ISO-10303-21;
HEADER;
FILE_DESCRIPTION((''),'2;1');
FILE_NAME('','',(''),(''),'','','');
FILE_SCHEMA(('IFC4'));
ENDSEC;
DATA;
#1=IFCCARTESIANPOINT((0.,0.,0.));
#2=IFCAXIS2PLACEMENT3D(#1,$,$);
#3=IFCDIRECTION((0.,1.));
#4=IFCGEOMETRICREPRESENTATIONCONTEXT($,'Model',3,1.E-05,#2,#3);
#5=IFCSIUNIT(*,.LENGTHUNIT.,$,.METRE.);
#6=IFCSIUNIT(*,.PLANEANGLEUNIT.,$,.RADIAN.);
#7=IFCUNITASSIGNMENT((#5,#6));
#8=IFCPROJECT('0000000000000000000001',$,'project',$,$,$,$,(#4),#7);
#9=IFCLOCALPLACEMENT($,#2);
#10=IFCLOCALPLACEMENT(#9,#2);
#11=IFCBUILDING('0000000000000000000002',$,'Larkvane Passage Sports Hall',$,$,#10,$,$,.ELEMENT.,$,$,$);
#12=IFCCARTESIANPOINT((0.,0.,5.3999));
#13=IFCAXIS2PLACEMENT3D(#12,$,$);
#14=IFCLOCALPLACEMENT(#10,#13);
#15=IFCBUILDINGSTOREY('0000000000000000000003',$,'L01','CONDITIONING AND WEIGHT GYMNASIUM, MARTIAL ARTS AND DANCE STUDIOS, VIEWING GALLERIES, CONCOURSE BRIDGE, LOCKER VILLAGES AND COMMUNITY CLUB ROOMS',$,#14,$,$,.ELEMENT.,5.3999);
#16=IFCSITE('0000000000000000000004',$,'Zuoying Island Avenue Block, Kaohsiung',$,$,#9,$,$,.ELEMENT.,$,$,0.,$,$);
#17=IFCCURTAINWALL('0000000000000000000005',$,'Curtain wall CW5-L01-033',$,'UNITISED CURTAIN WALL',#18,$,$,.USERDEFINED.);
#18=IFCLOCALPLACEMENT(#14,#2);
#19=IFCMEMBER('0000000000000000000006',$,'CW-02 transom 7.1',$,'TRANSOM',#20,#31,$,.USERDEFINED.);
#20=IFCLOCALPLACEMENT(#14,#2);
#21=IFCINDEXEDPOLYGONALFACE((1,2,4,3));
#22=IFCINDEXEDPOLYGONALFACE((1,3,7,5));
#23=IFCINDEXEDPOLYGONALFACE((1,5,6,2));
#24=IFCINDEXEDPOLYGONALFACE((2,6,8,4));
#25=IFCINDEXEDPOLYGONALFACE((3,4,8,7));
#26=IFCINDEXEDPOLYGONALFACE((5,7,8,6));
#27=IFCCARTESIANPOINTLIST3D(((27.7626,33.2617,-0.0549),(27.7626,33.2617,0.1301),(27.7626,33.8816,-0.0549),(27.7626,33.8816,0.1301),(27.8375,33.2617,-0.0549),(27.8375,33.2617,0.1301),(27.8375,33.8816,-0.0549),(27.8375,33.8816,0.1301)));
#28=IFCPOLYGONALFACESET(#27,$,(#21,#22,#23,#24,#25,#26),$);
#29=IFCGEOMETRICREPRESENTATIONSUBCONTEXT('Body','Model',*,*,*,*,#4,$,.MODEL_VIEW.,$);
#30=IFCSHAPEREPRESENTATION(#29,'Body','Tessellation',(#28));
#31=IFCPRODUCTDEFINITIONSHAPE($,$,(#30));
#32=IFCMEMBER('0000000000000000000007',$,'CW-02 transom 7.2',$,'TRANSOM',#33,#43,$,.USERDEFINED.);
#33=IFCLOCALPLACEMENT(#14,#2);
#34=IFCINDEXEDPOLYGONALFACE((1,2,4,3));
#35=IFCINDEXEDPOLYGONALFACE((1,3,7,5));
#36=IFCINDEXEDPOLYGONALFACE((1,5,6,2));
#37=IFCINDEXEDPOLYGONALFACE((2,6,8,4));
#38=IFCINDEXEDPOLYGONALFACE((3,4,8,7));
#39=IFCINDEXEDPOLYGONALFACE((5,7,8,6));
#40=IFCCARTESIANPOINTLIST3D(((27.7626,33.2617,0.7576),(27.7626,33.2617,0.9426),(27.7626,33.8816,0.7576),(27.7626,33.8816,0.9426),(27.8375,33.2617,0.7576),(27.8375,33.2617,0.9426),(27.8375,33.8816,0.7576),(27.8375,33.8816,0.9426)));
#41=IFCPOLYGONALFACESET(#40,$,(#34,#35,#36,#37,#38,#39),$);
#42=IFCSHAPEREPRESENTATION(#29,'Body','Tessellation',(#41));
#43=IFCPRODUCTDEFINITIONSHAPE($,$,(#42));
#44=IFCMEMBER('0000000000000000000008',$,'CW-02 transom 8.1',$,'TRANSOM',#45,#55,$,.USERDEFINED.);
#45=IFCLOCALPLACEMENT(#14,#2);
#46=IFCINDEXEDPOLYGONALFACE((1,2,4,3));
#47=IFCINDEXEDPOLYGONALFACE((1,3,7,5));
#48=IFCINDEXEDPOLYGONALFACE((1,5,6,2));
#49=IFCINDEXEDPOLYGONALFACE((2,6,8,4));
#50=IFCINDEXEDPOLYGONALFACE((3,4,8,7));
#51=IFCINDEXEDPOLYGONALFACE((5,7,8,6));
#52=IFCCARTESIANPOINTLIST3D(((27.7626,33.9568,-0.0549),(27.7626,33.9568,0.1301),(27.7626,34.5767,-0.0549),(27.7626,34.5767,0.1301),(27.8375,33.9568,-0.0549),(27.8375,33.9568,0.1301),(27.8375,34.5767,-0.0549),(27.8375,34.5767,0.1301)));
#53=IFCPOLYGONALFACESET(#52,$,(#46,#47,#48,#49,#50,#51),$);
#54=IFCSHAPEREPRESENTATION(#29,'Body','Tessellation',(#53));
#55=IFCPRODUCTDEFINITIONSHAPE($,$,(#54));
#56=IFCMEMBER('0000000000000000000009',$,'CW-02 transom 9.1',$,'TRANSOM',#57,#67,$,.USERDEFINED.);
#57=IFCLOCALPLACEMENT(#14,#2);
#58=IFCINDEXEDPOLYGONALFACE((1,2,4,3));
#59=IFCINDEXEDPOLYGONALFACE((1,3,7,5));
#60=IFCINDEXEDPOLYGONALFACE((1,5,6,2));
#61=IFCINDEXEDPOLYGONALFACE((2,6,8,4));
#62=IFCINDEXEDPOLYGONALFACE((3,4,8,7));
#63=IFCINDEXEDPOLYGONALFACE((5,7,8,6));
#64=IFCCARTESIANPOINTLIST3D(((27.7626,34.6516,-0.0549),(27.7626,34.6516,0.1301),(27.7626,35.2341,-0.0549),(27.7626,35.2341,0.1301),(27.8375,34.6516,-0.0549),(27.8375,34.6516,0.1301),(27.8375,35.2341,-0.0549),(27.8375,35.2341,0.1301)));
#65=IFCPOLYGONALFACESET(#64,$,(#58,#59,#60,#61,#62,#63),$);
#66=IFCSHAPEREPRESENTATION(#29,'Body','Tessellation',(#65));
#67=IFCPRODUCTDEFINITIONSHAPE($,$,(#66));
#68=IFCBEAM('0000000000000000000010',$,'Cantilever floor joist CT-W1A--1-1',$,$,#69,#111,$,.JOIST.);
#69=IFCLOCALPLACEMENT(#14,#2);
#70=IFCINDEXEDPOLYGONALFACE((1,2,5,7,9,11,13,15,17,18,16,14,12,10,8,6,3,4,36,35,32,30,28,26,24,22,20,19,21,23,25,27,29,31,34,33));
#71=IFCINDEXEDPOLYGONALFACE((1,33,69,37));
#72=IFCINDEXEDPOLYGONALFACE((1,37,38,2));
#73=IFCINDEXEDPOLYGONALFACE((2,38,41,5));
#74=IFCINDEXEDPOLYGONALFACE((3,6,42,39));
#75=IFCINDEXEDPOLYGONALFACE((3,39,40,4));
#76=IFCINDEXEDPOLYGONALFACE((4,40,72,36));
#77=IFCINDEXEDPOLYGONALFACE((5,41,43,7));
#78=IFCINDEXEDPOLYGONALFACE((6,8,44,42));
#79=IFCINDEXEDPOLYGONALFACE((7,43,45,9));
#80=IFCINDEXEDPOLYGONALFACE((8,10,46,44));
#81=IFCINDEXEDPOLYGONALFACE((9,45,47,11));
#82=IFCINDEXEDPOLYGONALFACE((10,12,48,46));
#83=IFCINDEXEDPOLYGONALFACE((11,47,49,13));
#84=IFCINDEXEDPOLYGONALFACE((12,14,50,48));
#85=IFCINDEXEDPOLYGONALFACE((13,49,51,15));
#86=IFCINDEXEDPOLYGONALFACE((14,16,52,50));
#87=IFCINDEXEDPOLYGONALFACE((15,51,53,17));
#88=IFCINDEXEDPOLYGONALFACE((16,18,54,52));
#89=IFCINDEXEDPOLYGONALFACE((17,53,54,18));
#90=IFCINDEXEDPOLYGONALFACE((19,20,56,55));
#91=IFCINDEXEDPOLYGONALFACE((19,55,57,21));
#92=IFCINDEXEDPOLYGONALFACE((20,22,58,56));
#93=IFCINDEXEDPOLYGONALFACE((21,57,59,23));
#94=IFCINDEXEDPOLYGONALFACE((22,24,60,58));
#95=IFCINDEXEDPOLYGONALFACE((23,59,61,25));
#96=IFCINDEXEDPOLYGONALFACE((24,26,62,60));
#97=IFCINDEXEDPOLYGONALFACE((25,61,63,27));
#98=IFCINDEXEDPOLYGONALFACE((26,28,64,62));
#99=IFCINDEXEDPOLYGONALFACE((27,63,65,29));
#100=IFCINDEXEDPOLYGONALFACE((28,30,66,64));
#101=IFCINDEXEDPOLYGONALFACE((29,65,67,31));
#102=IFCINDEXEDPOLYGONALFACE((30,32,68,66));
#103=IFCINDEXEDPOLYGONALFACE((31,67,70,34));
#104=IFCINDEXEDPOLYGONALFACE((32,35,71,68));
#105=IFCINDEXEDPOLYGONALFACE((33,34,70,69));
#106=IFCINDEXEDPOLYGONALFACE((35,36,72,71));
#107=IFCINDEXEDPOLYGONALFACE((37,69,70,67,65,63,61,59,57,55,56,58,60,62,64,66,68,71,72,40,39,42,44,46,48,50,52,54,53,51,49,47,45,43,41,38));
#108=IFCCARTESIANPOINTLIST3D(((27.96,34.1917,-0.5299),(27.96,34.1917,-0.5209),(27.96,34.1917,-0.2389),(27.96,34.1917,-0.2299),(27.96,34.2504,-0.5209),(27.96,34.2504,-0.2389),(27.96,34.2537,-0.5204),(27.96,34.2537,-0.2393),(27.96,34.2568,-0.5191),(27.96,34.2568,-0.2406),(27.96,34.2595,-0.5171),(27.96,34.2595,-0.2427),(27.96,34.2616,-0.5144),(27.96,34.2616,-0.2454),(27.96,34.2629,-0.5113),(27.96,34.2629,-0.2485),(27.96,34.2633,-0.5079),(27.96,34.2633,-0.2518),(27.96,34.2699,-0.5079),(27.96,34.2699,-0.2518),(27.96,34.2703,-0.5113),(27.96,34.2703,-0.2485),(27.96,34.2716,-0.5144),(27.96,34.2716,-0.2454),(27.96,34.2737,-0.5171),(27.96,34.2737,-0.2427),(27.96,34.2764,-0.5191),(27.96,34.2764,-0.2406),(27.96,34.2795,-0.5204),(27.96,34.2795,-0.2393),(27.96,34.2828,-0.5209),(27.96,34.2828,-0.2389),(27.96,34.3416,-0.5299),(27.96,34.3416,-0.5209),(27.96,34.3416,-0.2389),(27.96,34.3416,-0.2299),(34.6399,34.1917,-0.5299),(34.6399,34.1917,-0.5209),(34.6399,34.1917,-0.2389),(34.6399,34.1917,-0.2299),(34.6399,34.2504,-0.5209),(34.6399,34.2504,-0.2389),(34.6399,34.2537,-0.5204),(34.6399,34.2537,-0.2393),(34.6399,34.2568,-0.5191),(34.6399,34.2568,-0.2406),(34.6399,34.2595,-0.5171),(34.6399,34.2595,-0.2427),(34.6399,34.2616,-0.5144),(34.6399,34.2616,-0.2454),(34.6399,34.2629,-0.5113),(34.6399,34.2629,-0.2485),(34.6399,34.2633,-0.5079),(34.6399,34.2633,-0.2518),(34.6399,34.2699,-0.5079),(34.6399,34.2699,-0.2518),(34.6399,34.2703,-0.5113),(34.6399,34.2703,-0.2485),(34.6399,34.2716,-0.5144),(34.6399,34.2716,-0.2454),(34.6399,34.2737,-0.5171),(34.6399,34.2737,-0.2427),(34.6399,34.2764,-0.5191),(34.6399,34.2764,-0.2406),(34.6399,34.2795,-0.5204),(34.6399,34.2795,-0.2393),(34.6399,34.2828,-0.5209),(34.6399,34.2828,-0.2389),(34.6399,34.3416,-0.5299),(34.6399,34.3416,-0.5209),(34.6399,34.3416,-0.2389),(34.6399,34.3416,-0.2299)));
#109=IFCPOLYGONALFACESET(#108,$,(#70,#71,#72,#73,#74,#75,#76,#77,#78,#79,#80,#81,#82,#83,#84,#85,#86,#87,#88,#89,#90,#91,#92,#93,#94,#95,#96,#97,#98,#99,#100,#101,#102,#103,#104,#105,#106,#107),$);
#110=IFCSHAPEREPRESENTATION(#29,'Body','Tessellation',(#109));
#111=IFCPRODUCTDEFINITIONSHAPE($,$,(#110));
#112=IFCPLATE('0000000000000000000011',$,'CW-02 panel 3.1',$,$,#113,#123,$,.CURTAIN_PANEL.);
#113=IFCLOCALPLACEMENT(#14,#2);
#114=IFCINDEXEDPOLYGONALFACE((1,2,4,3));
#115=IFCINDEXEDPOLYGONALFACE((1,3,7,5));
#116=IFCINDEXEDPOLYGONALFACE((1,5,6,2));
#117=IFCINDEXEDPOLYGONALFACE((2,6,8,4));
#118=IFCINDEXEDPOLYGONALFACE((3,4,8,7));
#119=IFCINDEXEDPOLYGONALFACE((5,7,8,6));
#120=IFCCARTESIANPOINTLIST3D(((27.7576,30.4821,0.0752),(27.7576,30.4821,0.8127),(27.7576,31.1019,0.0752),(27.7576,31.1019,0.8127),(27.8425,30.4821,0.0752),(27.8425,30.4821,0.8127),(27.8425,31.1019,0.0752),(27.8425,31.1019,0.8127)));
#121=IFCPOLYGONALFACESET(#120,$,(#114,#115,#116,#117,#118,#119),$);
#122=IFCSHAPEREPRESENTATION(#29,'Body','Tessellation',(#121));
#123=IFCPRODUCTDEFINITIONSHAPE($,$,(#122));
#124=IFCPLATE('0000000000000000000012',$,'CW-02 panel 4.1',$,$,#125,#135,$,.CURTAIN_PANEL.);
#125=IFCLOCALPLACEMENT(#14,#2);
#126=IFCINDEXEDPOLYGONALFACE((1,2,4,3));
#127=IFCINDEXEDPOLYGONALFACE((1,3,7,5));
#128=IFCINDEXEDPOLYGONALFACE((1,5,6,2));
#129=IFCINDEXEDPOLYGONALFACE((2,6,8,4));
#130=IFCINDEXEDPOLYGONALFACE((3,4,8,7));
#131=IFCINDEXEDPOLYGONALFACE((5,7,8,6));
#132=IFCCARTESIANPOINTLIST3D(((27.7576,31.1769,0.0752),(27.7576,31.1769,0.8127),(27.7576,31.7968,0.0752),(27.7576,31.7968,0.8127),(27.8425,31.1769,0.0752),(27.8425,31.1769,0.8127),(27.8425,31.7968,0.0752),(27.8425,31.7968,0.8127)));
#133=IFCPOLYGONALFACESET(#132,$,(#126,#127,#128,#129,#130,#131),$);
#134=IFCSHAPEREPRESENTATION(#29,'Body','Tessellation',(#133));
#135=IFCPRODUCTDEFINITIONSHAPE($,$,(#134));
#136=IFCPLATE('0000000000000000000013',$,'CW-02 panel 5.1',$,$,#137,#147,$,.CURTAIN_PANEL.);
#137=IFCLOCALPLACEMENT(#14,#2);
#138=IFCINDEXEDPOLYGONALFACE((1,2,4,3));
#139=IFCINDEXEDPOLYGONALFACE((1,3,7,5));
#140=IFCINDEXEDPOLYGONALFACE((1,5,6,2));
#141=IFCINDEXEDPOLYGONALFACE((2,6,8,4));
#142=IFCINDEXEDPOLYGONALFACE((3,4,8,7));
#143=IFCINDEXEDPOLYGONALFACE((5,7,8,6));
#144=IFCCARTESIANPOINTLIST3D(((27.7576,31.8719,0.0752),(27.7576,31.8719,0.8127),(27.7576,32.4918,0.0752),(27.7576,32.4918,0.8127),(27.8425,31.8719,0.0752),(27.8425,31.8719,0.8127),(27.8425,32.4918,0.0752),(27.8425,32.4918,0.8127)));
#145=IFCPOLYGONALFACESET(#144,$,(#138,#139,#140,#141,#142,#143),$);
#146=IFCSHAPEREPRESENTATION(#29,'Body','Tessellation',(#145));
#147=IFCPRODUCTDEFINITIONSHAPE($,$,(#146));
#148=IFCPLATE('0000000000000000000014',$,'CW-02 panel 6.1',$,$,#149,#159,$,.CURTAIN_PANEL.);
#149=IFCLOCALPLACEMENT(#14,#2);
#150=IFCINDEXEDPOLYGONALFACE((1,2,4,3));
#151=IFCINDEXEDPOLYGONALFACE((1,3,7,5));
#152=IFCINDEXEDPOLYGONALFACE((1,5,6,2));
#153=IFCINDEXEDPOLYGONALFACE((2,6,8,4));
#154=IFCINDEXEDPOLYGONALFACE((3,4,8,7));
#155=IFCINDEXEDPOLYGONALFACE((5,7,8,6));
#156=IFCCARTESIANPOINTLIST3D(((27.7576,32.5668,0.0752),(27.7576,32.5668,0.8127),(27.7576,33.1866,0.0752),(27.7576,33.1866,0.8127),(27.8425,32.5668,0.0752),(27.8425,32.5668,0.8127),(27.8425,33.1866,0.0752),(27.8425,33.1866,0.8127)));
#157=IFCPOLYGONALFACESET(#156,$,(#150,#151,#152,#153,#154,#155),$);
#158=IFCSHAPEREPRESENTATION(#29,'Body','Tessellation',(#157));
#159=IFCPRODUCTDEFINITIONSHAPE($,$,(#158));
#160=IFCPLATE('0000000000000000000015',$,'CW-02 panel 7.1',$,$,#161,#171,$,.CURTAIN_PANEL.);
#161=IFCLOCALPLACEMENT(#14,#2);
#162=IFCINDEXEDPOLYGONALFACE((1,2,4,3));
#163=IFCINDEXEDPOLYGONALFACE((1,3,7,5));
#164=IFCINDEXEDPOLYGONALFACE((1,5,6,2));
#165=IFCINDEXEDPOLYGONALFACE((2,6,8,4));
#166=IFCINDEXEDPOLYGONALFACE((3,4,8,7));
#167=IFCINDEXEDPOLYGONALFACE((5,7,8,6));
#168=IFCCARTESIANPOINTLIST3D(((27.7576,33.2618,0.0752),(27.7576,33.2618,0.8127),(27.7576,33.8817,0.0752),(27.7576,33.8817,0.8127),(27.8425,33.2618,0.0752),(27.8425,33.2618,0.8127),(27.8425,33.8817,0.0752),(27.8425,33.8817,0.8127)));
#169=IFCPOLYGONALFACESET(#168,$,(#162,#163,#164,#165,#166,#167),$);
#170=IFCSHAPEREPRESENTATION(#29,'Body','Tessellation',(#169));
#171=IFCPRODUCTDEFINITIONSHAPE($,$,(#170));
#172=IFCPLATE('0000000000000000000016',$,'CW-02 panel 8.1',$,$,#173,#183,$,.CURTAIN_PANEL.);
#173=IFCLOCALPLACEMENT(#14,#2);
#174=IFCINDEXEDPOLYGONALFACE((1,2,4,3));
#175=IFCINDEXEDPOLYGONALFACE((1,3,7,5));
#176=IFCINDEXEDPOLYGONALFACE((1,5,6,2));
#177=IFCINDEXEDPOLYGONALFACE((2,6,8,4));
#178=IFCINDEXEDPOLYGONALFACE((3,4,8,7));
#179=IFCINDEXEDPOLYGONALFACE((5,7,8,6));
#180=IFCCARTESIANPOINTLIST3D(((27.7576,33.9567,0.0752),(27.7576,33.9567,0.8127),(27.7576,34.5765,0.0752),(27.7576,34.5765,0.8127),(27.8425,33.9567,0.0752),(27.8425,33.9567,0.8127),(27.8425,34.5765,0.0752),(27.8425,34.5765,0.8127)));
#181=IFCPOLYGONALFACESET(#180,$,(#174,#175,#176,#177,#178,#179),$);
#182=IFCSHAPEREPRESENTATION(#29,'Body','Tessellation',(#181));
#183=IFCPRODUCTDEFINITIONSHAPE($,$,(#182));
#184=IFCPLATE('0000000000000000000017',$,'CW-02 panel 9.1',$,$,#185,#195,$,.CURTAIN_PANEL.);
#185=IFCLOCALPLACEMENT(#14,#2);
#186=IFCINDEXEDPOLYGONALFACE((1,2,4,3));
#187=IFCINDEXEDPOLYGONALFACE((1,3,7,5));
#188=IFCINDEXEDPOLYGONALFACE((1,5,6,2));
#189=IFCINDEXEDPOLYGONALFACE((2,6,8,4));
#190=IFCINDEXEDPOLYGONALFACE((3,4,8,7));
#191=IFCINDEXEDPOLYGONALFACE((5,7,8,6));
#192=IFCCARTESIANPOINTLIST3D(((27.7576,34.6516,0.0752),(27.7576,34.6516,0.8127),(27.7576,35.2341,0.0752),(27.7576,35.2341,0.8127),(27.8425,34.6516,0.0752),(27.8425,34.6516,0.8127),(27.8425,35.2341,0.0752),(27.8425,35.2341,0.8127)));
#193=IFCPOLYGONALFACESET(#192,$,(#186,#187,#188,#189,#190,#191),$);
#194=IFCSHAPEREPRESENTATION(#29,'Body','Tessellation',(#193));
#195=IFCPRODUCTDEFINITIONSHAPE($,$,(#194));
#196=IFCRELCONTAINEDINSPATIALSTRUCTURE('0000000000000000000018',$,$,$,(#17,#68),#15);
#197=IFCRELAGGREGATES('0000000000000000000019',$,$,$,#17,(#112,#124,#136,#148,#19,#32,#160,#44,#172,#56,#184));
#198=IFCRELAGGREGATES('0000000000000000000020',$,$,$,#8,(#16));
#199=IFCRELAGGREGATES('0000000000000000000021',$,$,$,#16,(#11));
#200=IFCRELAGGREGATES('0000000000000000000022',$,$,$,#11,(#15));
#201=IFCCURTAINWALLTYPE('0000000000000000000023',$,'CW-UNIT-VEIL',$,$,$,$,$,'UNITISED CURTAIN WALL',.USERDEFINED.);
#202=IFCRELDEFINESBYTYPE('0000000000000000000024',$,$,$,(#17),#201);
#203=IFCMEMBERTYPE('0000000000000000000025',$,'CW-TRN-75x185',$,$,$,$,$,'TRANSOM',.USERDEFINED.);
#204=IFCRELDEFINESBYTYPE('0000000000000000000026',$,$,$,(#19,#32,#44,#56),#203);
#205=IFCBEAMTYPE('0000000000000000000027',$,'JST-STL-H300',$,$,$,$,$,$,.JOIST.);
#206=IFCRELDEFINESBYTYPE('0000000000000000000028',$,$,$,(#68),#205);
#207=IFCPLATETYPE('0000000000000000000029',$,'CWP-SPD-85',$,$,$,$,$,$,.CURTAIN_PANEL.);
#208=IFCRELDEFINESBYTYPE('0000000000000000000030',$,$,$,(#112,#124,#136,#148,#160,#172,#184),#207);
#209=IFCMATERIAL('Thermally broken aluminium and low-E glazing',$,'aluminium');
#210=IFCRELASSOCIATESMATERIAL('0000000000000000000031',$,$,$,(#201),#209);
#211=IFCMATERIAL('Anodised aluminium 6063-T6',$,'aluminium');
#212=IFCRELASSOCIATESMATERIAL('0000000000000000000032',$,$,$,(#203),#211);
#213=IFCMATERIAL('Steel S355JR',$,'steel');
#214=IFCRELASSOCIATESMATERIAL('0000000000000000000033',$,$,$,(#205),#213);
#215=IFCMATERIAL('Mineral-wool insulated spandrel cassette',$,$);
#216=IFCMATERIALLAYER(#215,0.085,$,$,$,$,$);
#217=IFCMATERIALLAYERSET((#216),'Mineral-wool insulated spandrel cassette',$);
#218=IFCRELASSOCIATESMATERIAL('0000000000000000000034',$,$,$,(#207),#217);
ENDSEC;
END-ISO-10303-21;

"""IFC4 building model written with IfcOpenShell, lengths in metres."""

from ifc_helpers import new_model, si_unit, direction, frame, origin, origin_2d, place, context, subcontext, project, spatial, rectangle, i_section, extrude, material, layer, layer_set, material_profile, profile_set, type_object, element, aggregate, save


model = new_model("IFC4")

# Units and contexts
model_context = context("Model", 3, precision=1e-05, world=origin(), true_north=direction((0.0, 1.0)))
body_context = subcontext(model_context, "Body", "Model", "MODEL_VIEW")
ifc_project = project(units=[si_unit("LENGTHUNIT", "METRE"), si_unit("PLANEANGLEUNIT", "RADIAN")], contexts=[model_context])

# Site, building, storey
site_placement = place(None, origin())
site = spatial("IfcSite", under=ifc_project, at=site_placement, Name="Zuoying Island Avenue Block, Kaohsiung", CompositionType="ELEMENT", RefElevation=0.0)
building_placement = place(site_placement, origin())
building = spatial("IfcBuilding", under=site, at=building_placement, Name="Larkvane Passage Sports Hall", CompositionType="ELEMENT")
storey_placement = place(building_placement, frame((0.0, 0.0, 5.3999)))
storey = spatial("IfcBuildingStorey", under=building, at=storey_placement, Name="L01", Description="CONDITIONING AND WEIGHT GYMNASIUM, MARTIAL ARTS AND DANCE STUDIOS, VIEWING GALLERIES, CONCOURSE BRIDGE, LOCKER VILLAGES AND COMMUNITY CLUB ROOMS", CompositionType="ELEMENT", Elevation=5.3999)

# Curtain wall, members
ifc_material_1 = material(Name="Thermally broken aluminium and low-E glazing", Category="aluminium")
curtain_wall_type = type_object("IfcCurtainWallType", Name="CW-UNIT-VEIL", ElementType="UNITISED CURTAIN WALL", PredefinedType="USERDEFINED", material=ifc_material_1)
curtain_wall_placement = place(storey_placement, origin())
curtain_wall = element("IfcCurtainWall", 1, at=curtain_wall_placement, inside=storey, type_object=curtain_wall_type, Name="Curtain wall CW5-L01-033", ObjectType="UNITISED CURTAIN WALL", PredefinedType="USERDEFINED")
ifc_material_2 = material(Name="Anodised aluminium 6063-T6", Category="aluminium")
ifc_material_profile_1 = material_profile(ifc_material_2, rectangle(XDim=0.075, YDim=0.1851, at=origin_2d()), Name="ALU-TRN-75x185")
ifc_profile_set_1 = profile_set([ifc_material_profile_1], Name="Anodised aluminium 6063-T6")
member_type_1 = type_object("IfcMemberType", Name="CW-TRN-75x185", ElementType="TRANSOM", PredefinedType="USERDEFINED", material=ifc_profile_set_1)
member_1_placement = place(storey_placement, frame((27.8, 33.2617, 0.0376), z_axis=(0.0, 1.0, 0.0), x_axis=(-1.0, 0.0, 0.0)))
member_1 = element("IfcMember", 2, at=member_1_placement, type_object=member_type_1, Name="CW-02 transom 7.1", ObjectType="TRANSOM", PredefinedType="USERDEFINED", context=body_context, shape_type="SweptSolid", body=[
    extrude(rectangle(XDim=0.075, YDim=0.1851, at=origin_2d()), origin(), (0.0, 0.0, 1.0), 0.6199),
])
member_2_placement = place(storey_placement, frame((27.8, 33.2617, 0.8501), z_axis=(0.0, 1.0, 0.0), x_axis=(-1.0, 0.0, 0.0)))
member_2 = element("IfcMember", 3, at=member_2_placement, type_object=member_type_1, Name="CW-02 transom 7.2", ObjectType="TRANSOM", PredefinedType="USERDEFINED", context=body_context, shape_type="SweptSolid", body=[
    extrude(rectangle(XDim=0.075, YDim=0.1851, at=origin_2d()), origin(), (0.0, 0.0, 1.0), 0.6199),
])
member_3_placement = place(storey_placement, frame((27.8, 33.9568, 0.0376), z_axis=(0.0, 1.0, 0.0), x_axis=(-1.0, 0.0, 0.0)))
member_3 = element("IfcMember", 4, at=member_3_placement, type_object=member_type_1, Name="CW-02 transom 8.1", ObjectType="TRANSOM", PredefinedType="USERDEFINED", context=body_context, shape_type="SweptSolid", body=[
    extrude(rectangle(XDim=0.075, YDim=0.1851, at=origin_2d()), origin(), (0.0, 0.0, 1.0), 0.6199),
])
member_4_placement = place(storey_placement, frame((27.8, 34.6516, 0.0376), z_axis=(0.0, 1.0, 0.0), x_axis=(-1.0, 0.0, 0.0)))
member_4 = element("IfcMember", 5, at=member_4_placement, type_object=member_type_1, Name="CW-02 transom 9.1", ObjectType="TRANSOM", PredefinedType="USERDEFINED", context=body_context, shape_type="SweptSolid", body=[
    extrude(rectangle(XDim=0.075, YDim=0.1851, at=origin_2d()), origin(), (0.0, 0.0, 1.0), 0.5825),
])

# Beam
ifc_material_3 = material(Name="Steel S355JR", Category="steel")
ifc_material_profile_2 = material_profile(ifc_material_3, i_section(OverallWidth=0.1499, OverallDepth=0.3, WebThickness=0.0066, FlangeThickness=0.009, FilletRadius=0.0129, at=origin_2d()), Name="H-300x150x6.5x9")
ifc_profile_set_2 = profile_set([ifc_material_profile_2], Name="Steel S355JR")
beam_type = type_object("IfcBeamType", Name="JST-STL-H300", PredefinedType="JOIST", material=ifc_profile_set_2)
beam_placement = place(storey_placement, frame((27.96, 34.2666, -0.3799), z_axis=(1.0, 0.0, 0.0), x_axis=(0.0, 1.0, 0.0)))
element("IfcBeam", 6, at=beam_placement, inside=storey, type_object=beam_type, Name="Cantilever floor joist CT-W1A--1-1", PredefinedType="JOIST", context=body_context, shape_type="SweptSolid", body=[
    extrude(i_section(OverallWidth=0.1499, OverallDepth=0.3, WebThickness=0.0066, FlangeThickness=0.009, FilletRadius=0.0129, at=origin_2d()), origin(), (0.0, 0.0, 1.0), 6.6799),
])

# Plates
ifc_material_4 = material(Name="Mineral-wool insulated spandrel cassette")
ifc_layer_1 = layer(ifc_material_4, 0.085)
ifc_layer_set_1 = layer_set([ifc_layer_1], Name="Mineral-wool insulated spandrel cassette")
plate_type = type_object("IfcPlateType", Name="CWP-SPD-85", PredefinedType="CURTAIN_PANEL", material=ifc_layer_set_1)
plate_1_placement = place(storey_placement, frame((27.8, 30.792, 0.0752), z_axis=(0.0, 0.0, 1.0), x_axis=(0.0, 1.0, 0.0)))
plate_1 = element("IfcPlate", 7, at=plate_1_placement, type_object=plate_type, Name="CW-02 panel 3.1", PredefinedType="CURTAIN_PANEL", context=body_context, shape_type="SweptSolid", body=[
    extrude(rectangle(XDim=0.6199, YDim=0.085, at=origin_2d()), origin(), (0.0, 0.0, 1.0), 0.7375),
])
plate_2_placement = place(storey_placement, frame((27.8, 31.4868, 0.0752), z_axis=(0.0, 0.0, 1.0), x_axis=(0.0, 1.0, 0.0)))
plate_2 = element("IfcPlate", 8, at=plate_2_placement, type_object=plate_type, Name="CW-02 panel 4.1", PredefinedType="CURTAIN_PANEL", context=body_context, shape_type="SweptSolid", body=[
    extrude(rectangle(XDim=0.6199, YDim=0.085, at=origin_2d()), origin(), (0.0, 0.0, 1.0), 0.7375),
])
plate_3_placement = place(storey_placement, frame((27.8, 32.1819, 0.0752), z_axis=(0.0, 0.0, 1.0), x_axis=(0.0, 1.0, 0.0)))
plate_3 = element("IfcPlate", 9, at=plate_3_placement, type_object=plate_type, Name="CW-02 panel 5.1", PredefinedType="CURTAIN_PANEL", context=body_context, shape_type="SweptSolid", body=[
    extrude(rectangle(XDim=0.6199, YDim=0.085, at=origin_2d()), origin(), (0.0, 0.0, 1.0), 0.7375),
])
plate_4_placement = place(storey_placement, frame((27.8, 32.8767, 0.0752), z_axis=(0.0, 0.0, 1.0), x_axis=(0.0, 1.0, 0.0)))
plate_4 = element("IfcPlate", 10, at=plate_4_placement, type_object=plate_type, Name="CW-02 panel 6.1", PredefinedType="CURTAIN_PANEL", context=body_context, shape_type="SweptSolid", body=[
    extrude(rectangle(XDim=0.6199, YDim=0.085, at=origin_2d()), origin(), (0.0, 0.0, 1.0), 0.7375),
])
plate_5_placement = place(storey_placement, frame((27.8, 33.5718, 0.0752), z_axis=(0.0, 0.0, 1.0), x_axis=(0.0, 1.0, 0.0)))
plate_5 = element("IfcPlate", 11, at=plate_5_placement, type_object=plate_type, Name="CW-02 panel 7.1", PredefinedType="CURTAIN_PANEL", context=body_context, shape_type="SweptSolid", body=[
    extrude(rectangle(XDim=0.6199, YDim=0.085, at=origin_2d()), origin(), (0.0, 0.0, 1.0), 0.7375),
])
plate_6_placement = place(storey_placement, frame((27.8, 34.2666, 0.0752), z_axis=(0.0, 0.0, 1.0), x_axis=(0.0, 1.0, 0.0)))
plate_6 = element("IfcPlate", 12, at=plate_6_placement, type_object=plate_type, Name="CW-02 panel 8.1", PredefinedType="CURTAIN_PANEL", context=body_context, shape_type="SweptSolid", body=[
    extrude(rectangle(XDim=0.6199, YDim=0.085, at=origin_2d()), origin(), (0.0, 0.0, 1.0), 0.7375),
])
plate_7_placement = place(storey_placement, frame((27.8, 34.9429, 0.0752), z_axis=(0.0, 0.0, 1.0), x_axis=(0.0, 1.0, 0.0)))
plate_7 = element("IfcPlate", 13, at=plate_7_placement, type_object=plate_type, Name="CW-02 panel 9.1", PredefinedType="CURTAIN_PANEL", context=body_context, shape_type="SweptSolid", body=[
    extrude(rectangle(XDim=0.5825, YDim=0.085, at=origin_2d()), origin(), (0.0, 0.0, 1.0), 0.7375),
])
aggregate(curtain_wall, [plate_1, plate_2, plate_3, plate_4, member_1, member_2, plate_5, member_3, plate_6, member_4, plate_7])

save(model, "model.ifc")
